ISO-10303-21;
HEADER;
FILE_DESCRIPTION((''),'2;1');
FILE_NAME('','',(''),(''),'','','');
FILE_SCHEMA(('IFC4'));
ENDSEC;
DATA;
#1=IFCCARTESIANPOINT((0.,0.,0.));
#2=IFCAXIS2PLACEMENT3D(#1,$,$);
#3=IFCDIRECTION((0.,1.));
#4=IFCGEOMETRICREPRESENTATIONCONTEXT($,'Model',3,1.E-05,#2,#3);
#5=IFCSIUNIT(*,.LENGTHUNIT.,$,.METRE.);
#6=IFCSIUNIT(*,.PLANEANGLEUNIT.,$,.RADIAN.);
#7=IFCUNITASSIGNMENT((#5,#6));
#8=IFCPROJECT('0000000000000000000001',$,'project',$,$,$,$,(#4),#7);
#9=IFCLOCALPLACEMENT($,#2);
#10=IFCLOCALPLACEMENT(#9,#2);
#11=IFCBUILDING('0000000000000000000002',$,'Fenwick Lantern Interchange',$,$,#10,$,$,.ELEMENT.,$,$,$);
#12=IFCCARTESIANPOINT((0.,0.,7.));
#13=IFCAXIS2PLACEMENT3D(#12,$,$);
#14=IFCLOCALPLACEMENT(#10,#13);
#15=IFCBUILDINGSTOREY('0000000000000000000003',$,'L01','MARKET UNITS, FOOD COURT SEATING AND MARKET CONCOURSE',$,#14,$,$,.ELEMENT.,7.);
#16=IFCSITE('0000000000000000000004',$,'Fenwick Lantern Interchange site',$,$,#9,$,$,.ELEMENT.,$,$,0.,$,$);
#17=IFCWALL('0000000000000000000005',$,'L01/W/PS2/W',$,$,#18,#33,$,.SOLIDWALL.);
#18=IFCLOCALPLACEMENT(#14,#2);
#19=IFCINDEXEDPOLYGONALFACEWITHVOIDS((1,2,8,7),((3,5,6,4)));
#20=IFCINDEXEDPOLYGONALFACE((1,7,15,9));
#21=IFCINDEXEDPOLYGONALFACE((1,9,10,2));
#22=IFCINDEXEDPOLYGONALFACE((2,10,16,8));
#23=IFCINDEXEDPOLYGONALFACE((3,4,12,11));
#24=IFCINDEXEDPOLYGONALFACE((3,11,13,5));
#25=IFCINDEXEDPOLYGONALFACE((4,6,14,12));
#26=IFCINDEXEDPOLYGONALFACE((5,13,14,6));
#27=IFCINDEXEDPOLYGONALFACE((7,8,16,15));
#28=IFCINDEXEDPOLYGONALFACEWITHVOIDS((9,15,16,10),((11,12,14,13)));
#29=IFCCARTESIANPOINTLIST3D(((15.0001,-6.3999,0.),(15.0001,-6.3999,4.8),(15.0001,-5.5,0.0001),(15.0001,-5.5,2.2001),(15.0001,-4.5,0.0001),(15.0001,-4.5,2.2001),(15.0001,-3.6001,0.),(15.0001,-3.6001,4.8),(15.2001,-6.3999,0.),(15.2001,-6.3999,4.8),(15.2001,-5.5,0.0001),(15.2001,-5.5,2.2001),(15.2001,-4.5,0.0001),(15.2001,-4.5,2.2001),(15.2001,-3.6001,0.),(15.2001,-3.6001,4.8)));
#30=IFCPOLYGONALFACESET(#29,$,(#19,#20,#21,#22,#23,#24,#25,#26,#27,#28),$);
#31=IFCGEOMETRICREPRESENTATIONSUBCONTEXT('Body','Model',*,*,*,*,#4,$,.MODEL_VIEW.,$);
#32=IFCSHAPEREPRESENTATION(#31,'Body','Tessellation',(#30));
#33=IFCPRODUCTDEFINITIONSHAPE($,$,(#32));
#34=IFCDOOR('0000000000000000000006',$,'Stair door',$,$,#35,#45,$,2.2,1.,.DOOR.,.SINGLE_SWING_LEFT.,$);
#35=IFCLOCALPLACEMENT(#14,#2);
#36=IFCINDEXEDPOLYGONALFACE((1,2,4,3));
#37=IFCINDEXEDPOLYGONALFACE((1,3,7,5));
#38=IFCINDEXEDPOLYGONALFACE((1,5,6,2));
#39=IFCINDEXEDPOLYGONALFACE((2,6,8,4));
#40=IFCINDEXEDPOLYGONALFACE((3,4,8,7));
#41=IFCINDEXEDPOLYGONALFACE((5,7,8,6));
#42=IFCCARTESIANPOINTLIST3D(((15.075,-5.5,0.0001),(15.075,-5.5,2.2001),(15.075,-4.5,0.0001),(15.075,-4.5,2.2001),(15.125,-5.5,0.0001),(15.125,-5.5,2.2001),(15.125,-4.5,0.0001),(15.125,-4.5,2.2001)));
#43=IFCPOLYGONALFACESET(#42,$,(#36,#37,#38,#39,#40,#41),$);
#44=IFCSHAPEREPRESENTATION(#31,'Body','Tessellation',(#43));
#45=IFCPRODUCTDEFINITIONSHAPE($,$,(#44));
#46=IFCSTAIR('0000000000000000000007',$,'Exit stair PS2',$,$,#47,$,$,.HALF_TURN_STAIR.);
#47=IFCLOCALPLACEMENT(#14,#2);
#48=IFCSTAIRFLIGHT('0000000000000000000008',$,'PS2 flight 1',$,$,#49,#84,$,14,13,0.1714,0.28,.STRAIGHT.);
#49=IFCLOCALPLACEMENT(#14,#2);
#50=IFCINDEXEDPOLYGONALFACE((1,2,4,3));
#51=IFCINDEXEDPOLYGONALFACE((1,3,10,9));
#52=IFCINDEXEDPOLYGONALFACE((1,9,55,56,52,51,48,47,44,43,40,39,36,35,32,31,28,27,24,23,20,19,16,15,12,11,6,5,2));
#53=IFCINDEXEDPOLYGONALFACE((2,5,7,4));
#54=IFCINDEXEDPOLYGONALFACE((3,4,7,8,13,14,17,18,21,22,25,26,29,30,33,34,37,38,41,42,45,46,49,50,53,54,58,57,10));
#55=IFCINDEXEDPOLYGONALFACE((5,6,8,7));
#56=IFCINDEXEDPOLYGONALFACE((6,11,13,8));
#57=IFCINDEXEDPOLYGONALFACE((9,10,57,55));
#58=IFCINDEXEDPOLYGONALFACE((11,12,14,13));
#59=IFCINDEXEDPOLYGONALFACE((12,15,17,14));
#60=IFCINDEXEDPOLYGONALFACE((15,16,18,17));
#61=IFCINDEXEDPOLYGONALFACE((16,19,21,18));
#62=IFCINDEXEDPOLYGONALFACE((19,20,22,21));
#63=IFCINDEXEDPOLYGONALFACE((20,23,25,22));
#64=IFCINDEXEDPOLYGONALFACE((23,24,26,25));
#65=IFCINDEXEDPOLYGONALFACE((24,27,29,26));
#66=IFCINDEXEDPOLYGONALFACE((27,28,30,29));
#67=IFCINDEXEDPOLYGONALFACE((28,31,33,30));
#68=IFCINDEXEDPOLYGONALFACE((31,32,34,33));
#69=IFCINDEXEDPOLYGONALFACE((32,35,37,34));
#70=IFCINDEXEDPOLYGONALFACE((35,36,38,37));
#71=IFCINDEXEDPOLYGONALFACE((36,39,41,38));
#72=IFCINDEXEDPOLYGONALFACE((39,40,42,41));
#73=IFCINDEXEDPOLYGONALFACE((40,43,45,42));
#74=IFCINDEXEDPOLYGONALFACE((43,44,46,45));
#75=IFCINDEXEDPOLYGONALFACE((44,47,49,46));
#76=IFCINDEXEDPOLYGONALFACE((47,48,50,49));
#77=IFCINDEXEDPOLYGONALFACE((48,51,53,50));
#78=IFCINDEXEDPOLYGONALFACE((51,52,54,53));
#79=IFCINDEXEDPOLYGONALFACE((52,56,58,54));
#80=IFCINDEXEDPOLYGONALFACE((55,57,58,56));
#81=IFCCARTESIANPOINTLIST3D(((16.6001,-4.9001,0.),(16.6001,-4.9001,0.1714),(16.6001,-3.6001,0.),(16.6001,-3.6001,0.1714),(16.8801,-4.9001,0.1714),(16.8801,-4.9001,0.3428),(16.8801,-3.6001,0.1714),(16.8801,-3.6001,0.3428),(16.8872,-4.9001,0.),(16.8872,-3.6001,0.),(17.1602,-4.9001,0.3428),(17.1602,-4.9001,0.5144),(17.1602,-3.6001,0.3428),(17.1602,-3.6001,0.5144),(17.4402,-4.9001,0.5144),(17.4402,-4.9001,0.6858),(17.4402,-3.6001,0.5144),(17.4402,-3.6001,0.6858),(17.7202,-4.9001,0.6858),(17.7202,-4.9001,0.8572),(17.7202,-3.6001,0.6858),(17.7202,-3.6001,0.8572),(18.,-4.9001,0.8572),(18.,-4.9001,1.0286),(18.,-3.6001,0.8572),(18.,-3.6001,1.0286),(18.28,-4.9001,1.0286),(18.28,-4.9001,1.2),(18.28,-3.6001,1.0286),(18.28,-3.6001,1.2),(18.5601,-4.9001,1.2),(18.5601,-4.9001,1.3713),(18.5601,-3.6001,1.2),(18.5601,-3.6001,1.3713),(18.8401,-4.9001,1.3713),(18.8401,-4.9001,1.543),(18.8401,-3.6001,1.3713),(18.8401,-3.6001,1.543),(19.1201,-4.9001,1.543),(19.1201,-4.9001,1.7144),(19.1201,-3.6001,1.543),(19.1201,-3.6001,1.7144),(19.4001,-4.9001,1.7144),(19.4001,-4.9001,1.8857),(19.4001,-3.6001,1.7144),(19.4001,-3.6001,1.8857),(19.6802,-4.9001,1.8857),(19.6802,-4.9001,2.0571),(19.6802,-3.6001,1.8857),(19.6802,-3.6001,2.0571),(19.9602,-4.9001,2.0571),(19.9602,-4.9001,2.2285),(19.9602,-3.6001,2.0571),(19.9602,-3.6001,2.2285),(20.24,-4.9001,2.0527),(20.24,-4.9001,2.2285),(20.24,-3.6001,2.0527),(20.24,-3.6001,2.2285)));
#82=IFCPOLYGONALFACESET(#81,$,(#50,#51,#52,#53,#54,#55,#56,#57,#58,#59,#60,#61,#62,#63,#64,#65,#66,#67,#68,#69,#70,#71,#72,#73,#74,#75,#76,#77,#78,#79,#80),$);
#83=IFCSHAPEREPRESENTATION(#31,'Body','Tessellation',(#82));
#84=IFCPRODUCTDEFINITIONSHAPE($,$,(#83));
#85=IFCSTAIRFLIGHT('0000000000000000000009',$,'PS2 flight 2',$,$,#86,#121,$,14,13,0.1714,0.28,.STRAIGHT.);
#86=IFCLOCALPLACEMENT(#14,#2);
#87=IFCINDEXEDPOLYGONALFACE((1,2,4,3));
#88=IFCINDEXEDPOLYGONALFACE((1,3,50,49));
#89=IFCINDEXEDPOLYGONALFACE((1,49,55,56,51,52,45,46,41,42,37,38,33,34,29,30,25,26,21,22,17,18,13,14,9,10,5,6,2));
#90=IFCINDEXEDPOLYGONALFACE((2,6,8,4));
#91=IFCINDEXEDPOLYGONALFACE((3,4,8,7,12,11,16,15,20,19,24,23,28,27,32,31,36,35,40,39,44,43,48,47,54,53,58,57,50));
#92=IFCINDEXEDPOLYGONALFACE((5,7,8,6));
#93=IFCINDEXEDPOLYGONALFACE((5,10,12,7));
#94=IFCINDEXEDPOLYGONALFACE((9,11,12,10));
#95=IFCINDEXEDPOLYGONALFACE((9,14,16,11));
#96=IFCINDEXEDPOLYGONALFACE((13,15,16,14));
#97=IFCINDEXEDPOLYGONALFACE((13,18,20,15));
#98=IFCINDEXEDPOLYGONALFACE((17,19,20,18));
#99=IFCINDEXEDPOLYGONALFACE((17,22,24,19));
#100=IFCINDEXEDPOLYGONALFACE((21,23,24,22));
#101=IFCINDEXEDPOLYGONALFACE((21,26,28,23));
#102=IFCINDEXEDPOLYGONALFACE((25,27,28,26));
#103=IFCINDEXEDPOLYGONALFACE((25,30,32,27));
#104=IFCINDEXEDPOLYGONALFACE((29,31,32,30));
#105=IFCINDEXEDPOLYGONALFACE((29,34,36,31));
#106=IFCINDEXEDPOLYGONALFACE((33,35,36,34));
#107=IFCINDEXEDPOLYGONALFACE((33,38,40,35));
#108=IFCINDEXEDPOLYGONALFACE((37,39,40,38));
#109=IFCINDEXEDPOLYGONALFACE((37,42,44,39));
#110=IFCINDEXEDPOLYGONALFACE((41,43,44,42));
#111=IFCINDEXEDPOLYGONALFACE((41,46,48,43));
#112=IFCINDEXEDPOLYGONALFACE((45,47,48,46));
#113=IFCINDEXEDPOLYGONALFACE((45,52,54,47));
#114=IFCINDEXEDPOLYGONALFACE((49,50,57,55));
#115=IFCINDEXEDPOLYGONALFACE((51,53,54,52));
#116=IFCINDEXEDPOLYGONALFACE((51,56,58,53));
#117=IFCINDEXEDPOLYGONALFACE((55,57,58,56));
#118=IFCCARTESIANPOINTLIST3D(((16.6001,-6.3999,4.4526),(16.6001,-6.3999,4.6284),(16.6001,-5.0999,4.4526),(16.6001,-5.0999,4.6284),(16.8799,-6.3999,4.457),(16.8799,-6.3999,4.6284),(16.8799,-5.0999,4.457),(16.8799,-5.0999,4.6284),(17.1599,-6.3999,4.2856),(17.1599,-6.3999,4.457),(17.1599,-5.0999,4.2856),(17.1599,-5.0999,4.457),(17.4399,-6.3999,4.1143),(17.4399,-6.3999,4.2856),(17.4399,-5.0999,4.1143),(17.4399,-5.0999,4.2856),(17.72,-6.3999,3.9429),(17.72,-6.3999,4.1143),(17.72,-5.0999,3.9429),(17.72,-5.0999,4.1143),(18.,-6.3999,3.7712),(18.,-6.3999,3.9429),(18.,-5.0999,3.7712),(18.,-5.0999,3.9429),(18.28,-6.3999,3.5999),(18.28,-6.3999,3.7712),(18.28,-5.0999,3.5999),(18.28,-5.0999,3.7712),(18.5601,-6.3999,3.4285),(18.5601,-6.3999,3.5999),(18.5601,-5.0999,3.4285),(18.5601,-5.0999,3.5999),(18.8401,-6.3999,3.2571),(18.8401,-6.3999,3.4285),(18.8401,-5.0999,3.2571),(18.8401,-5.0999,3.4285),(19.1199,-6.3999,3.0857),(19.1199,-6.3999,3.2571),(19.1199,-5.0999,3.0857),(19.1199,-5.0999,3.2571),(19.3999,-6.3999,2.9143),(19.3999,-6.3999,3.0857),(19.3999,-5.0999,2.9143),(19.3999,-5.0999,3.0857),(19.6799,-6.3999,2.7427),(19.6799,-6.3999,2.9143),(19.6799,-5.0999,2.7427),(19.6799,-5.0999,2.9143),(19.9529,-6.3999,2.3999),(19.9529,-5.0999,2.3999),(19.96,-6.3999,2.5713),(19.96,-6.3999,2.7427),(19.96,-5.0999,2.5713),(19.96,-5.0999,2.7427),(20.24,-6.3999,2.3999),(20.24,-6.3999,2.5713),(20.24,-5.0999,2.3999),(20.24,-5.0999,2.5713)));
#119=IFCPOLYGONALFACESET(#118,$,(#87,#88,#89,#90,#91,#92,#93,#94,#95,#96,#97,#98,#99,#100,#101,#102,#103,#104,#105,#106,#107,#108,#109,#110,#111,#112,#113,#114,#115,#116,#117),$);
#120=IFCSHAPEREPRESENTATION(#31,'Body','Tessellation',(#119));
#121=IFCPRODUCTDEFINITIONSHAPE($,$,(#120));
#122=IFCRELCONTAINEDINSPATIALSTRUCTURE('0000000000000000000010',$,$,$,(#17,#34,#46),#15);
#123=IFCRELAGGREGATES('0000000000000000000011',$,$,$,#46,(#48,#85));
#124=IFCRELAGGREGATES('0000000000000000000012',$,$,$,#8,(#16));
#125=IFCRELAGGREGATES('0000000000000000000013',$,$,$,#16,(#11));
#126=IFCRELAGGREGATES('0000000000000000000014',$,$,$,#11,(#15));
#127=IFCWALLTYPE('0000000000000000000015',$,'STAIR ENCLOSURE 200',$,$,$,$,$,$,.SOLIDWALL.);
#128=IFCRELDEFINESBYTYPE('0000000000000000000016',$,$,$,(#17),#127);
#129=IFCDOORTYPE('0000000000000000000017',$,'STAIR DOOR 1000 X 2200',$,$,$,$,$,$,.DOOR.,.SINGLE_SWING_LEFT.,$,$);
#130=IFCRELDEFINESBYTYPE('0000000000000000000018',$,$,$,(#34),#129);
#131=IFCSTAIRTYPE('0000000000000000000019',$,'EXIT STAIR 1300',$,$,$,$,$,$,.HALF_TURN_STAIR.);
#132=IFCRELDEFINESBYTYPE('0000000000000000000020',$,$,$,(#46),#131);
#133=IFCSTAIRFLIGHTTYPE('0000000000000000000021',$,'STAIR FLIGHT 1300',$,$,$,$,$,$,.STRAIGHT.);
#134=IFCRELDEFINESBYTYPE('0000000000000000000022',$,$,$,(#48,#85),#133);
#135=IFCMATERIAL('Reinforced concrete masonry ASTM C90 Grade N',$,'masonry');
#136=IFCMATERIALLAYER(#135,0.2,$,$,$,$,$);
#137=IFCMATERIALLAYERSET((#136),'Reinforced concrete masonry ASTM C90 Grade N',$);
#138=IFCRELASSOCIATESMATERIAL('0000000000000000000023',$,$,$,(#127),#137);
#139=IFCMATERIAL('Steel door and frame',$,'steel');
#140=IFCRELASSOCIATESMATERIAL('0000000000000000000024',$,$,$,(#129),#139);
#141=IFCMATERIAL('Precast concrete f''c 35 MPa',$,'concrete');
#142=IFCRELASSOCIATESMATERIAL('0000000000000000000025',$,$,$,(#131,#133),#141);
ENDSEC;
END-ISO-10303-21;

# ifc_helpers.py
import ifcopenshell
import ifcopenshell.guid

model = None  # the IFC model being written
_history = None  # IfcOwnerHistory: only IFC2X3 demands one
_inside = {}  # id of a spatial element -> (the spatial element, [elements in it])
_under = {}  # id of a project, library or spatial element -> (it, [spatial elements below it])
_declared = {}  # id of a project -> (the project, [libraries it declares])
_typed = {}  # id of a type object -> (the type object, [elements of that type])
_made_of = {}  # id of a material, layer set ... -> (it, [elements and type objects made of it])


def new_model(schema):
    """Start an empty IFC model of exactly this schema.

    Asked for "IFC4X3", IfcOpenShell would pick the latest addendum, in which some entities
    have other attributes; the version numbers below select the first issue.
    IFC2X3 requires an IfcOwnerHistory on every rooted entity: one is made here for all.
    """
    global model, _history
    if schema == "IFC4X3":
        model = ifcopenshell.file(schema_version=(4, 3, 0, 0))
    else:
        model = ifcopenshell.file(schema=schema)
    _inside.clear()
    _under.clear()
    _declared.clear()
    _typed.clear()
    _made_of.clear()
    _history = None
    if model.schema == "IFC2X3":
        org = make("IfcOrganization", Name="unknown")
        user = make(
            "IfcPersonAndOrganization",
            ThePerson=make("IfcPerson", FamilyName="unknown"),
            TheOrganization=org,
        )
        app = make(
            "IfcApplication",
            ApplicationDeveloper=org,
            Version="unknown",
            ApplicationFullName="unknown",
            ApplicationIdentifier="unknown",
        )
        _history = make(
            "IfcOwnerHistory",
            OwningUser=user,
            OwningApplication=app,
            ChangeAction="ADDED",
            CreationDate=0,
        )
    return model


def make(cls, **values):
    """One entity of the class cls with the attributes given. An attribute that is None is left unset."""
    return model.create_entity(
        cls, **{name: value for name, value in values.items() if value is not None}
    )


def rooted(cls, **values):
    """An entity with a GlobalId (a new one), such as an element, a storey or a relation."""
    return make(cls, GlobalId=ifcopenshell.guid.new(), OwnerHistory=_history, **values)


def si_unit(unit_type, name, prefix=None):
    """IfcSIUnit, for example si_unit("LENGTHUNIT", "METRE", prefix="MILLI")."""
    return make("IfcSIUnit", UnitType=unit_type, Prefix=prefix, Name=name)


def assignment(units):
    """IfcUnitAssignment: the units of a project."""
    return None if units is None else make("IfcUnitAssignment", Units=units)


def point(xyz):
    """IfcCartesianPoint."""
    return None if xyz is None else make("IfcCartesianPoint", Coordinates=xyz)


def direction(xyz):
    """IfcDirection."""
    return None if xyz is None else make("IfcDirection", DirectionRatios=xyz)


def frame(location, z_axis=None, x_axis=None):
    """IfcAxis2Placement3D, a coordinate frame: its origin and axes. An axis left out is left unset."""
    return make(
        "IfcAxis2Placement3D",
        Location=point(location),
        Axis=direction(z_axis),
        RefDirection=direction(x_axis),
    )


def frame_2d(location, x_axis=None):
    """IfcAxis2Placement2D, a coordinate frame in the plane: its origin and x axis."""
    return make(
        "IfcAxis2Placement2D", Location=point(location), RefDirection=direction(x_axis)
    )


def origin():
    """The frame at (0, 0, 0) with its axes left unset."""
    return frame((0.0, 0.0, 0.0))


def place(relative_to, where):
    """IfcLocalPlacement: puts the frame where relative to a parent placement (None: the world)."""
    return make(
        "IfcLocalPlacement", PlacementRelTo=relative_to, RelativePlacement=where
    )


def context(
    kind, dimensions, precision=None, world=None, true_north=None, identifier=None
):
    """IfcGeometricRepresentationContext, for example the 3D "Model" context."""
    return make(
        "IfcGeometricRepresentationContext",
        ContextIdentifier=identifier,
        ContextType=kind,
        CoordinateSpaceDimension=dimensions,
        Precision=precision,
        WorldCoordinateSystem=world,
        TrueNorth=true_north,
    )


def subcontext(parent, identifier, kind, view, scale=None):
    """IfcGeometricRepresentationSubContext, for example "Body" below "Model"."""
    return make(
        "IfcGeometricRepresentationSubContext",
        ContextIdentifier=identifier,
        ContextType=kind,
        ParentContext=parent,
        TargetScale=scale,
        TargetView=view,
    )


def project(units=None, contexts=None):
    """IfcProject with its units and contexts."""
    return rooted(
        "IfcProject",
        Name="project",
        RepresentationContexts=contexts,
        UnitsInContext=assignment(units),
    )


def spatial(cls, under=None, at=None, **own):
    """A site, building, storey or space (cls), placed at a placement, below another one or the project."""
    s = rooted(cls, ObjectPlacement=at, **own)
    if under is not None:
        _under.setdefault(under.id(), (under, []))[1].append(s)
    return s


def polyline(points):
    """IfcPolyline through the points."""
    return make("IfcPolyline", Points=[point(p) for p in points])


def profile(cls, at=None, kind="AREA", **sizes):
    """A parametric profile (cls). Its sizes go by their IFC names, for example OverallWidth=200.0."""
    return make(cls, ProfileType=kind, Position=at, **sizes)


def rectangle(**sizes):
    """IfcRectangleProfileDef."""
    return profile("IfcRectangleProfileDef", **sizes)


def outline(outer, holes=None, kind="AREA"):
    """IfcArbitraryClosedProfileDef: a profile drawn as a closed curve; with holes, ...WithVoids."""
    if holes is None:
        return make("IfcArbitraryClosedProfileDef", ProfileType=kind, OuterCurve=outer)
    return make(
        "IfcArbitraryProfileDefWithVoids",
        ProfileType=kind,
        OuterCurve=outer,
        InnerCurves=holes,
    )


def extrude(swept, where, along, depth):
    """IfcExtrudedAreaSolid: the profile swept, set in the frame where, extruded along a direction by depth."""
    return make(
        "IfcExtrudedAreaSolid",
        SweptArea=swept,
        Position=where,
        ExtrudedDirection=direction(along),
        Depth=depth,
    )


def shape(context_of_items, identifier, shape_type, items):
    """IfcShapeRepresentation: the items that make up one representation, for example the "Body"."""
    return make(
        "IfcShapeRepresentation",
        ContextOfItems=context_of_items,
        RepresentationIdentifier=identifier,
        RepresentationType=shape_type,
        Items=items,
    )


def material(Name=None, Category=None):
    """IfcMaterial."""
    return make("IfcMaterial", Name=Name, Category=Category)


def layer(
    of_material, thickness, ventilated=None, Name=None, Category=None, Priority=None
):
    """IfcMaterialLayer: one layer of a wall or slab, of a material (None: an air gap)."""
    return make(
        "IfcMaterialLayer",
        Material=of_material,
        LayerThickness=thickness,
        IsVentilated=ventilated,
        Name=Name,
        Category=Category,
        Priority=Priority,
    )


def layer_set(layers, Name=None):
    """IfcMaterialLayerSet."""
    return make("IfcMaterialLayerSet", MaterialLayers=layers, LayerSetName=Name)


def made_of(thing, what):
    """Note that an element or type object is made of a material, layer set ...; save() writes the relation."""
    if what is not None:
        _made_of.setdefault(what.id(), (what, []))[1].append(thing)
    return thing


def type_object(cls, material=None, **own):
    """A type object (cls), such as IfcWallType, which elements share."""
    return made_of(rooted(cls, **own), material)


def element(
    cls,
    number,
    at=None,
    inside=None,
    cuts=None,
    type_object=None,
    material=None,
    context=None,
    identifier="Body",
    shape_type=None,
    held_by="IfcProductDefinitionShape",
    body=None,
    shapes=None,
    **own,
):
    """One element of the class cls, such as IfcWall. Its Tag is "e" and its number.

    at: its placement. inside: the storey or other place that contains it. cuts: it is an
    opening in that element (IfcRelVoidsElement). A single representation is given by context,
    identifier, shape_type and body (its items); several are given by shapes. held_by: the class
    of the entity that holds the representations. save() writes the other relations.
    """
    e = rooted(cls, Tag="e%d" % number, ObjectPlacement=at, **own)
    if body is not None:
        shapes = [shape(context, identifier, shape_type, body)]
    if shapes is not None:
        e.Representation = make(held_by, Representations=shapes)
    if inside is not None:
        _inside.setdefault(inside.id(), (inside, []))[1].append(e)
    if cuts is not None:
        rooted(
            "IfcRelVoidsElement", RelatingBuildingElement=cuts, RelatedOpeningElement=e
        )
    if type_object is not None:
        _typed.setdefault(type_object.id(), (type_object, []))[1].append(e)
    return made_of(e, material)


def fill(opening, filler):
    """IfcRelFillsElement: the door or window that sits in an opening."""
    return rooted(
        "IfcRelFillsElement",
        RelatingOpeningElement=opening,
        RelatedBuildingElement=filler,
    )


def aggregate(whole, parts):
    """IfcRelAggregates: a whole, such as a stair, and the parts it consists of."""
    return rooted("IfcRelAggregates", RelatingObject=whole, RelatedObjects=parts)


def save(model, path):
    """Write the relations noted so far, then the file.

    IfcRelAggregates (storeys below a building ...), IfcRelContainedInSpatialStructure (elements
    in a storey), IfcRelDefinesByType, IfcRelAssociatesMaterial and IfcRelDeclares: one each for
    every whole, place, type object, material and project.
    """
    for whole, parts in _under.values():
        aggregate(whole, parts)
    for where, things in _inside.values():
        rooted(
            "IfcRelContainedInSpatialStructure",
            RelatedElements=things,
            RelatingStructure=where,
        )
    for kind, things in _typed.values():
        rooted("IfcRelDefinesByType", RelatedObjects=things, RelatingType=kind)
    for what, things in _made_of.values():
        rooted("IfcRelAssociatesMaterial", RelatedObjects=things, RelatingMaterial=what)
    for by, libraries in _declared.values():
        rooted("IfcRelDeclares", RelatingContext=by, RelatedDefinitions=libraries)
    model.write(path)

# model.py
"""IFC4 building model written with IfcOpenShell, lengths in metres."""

from ifc_helpers import new_model, si_unit, direction, frame, frame_2d, origin, place, context, subcontext, project, spatial, polyline, rectangle, outline, extrude, material, layer, layer_set, type_object, element, fill, aggregate, save


model = new_model("IFC4")

# Units and contexts
model_context = context("Model", 3, precision=1e-05, world=origin(), true_north=direction((0.0, 1.0)))
body_context = subcontext(model_context, "Body", "Model", "MODEL_VIEW")
ifc_project = project(units=[si_unit("LENGTHUNIT", "METRE"), si_unit("PLANEANGLEUNIT", "RADIAN")], contexts=[model_context])

# Site, building, storey
site_placement = place(None, origin())
site = spatial("IfcSite", under=ifc_project, at=site_placement, Name="Fenwick Lantern Interchange site", CompositionType="ELEMENT", RefElevation=0.0)
building_placement = place(site_placement, origin())
building = spatial("IfcBuilding", under=site, at=building_placement, Name="Fenwick Lantern Interchange", CompositionType="ELEMENT")
storey_placement = place(building_placement, frame((0.0, 0.0, 7.0)))
storey = spatial("IfcBuildingStorey", under=building, at=storey_placement, Name="L01", Description="MARKET UNITS, FOOD COURT SEATING AND MARKET CONCOURSE", CompositionType="ELEMENT", Elevation=7.0)

# Shared definitions
ifc_material_1 = material(Name="Steel door and frame", Category="steel")

# Shared definitions
ifc_material_2 = material(Name="Reinforced concrete masonry ASTM C90 Grade N", Category="masonry")
ifc_layer_1 = layer(ifc_material_2, 0.2)
ifc_layer_set_1 = layer_set([ifc_layer_1], Name="Reinforced concrete masonry ASTM C90 Grade N")
wall_type_1 = type_object("IfcWallType", Name="STAIR ENCLOSURE 200", PredefinedType="SOLIDWALL", material=ifc_layer_set_1)

# Wall, opening, door
wall_1_placement = place(storey_placement, frame((15.1001, -3.6001, 0.0), z_axis=(0.0, 0.0, 1.0), x_axis=(0.0, -1.0, 0.0)))
wall_1 = element("IfcWall", 1, at=wall_1_placement, inside=storey, type_object=wall_type_1, Name="L01/W/PS2/W", PredefinedType="SOLIDWALL", context=body_context, shape_type="SweptSolid", body=[
    extrude(rectangle(XDim=2.7998, YDim=0.2, at=frame_2d((1.3999, 0.0))), origin(), (0.0, 0.0, 1.0), 4.8),
])
opening_1_placement = place(wall_1_placement, frame((0.8999, 0.0, 0.0)))
opening_1 = element("IfcOpeningElement", 2, at=opening_1_placement, cuts=wall_1, PredefinedType="OPENING", context=body_context, shape_type="SweptSolid", body=[
    extrude(rectangle(XDim=1.0, YDim=2.2, at=frame_2d((0.5, 1.1001))), frame((0.0, 0.1099, 0.0), z_axis=(0.0, -1.0, 0.0), x_axis=(1.0, 0.0, 0.0)), (0.0, 0.0, 1.0), 0.22),
])
door_type_1 = type_object("IfcDoorType", Name="STAIR DOOR 1000 X 2200", OperationType="SINGLE_SWING_LEFT", PredefinedType="DOOR", material=ifc_material_1)
door_1_placement = place(opening_1_placement, origin())
door_1 = element("IfcDoor", 3, at=door_1_placement, inside=storey, type_object=door_type_1, Name="Stair door", OperationType="SINGLE_SWING_LEFT", OverallHeight=2.2, OverallWidth=1.0, PredefinedType="DOOR", context=body_context, shape_type="SweptSolid", body=[
    extrude(rectangle(XDim=1.0, YDim=2.2, at=frame_2d((0.5, 1.1001))), frame((0.0, 0.0249, 0.0), z_axis=(0.0, -1.0, 0.0), x_axis=(1.0, 0.0, 0.0)), (0.0, 0.0, 1.0), 0.05),
])
fill(opening_1, door_1)

# Stair, stair flights
ifc_material_3 = material(Name="Precast concrete f'c 35 MPa", Category="concrete")
stair_type = type_object("IfcStairType", Name="EXIT STAIR 1300", PredefinedType="HALF_TURN_STAIR", material=ifc_material_3)
stair_placement = place(storey_placement, origin())
stair = element("IfcStair", 4, at=stair_placement, inside=storey, type_object=stair_type, Name="Exit stair PS2", PredefinedType="HALF_TURN_STAIR")
stair_flight_type = type_object("IfcStairFlightType", Name="STAIR FLIGHT 1300", PredefinedType="STRAIGHT", material=ifc_material_3)
stair_flight_1_placement = place(storey_placement, frame((16.6001, -4.25, 0.0), z_axis=(0.0, 0.0, 1.0), x_axis=(1.0, 0.0, 0.0)))
stair_flight_1 = element("IfcStairFlight", 5, at=stair_flight_1_placement, type_object=stair_flight_type, Name="PS2 flight 1", NumberOfRisers=14, NumberOfTreads=13, PredefinedType="STRAIGHT", RiserHeight=0.1714, TreadLength=0.28, context=body_context, shape_type="SweptSolid", body=[
    extrude(outline(polyline([(0.0, 0.0), (0.0, 0.1714), (0.28, 0.1714), (0.28, 0.3428), (0.5601, 0.3428), (0.5601, 0.5144), (0.8401, 0.5144), (0.8401, 0.6858), (1.1201, 0.6858), (1.1201, 0.8572), (1.3999, 0.8572), (1.3999, 1.0286), (1.6799, 1.0286), (1.6799, 1.2), (1.96, 1.2), (1.96, 1.3713), (2.24, 1.3713), (2.24, 1.543), (2.52, 1.543), (2.52, 1.7144), (2.8, 1.7144), (2.8, 1.8857), (3.0801, 1.8857), (3.0801, 2.0571), (3.3601, 2.0571), (3.3601, 2.2285), (3.6399, 2.2285), (3.6399, 2.3999), (3.6399, 2.0527), (0.2871, 0.0), (0.0, 0.0)])), frame((0.0, 0.6499, 0.0), z_axis=(0.0, -1.0, 0.0), x_axis=(1.0, 0.0, 0.0)), (0.0, 0.0, 1.0), 1.3),
])
stair_flight_2_placement = place(storey_placement, frame((20.24, -5.75, 2.3999), z_axis=(0.0, 0.0, 1.0), x_axis=(-1.0, 0.0, 0.0)))
stair_flight_2 = element("IfcStairFlight", 6, at=stair_flight_2_placement, type_object=stair_flight_type, Name="PS2 flight 2", NumberOfRisers=14, NumberOfTreads=13, PredefinedType="STRAIGHT", RiserHeight=0.1714, TreadLength=0.28, context=body_context, shape_type="SweptSolid", body=[
    extrude(outline(polyline([(0.0, 0.0), (0.0, 0.1714), (0.28, 0.1714), (0.28, 0.3428), (0.5601, 0.3428), (0.5601, 0.5144), (0.8401, 0.5144), (0.8401, 0.6858), (1.1201, 0.6858), (1.1201, 0.8572), (1.3999, 0.8572), (1.3999, 1.0286), (1.6799, 1.0286), (1.6799, 1.2), (1.96, 1.2), (1.96, 1.3713), (2.24, 1.3713), (2.24, 1.543), (2.52, 1.543), (2.52, 1.7144), (2.8, 1.7144), (2.8, 1.8857), (3.0801, 1.8857), (3.0801, 2.0571), (3.3601, 2.0571), (3.3601, 2.2285), (3.6399, 2.2285), (3.6399, 2.3999), (3.6399, 2.0527), (0.2871, 0.0), (0.0, 0.0)])), frame((0.0, 0.6499, 0.0), z_axis=(0.0, -1.0, 0.0), x_axis=(1.0, 0.0, 0.0)), (0.0, 0.0, 1.0), 1.3),
])
aggregate(stair, [stair_flight_1, stair_flight_2])

save(model, "model.ifc")
